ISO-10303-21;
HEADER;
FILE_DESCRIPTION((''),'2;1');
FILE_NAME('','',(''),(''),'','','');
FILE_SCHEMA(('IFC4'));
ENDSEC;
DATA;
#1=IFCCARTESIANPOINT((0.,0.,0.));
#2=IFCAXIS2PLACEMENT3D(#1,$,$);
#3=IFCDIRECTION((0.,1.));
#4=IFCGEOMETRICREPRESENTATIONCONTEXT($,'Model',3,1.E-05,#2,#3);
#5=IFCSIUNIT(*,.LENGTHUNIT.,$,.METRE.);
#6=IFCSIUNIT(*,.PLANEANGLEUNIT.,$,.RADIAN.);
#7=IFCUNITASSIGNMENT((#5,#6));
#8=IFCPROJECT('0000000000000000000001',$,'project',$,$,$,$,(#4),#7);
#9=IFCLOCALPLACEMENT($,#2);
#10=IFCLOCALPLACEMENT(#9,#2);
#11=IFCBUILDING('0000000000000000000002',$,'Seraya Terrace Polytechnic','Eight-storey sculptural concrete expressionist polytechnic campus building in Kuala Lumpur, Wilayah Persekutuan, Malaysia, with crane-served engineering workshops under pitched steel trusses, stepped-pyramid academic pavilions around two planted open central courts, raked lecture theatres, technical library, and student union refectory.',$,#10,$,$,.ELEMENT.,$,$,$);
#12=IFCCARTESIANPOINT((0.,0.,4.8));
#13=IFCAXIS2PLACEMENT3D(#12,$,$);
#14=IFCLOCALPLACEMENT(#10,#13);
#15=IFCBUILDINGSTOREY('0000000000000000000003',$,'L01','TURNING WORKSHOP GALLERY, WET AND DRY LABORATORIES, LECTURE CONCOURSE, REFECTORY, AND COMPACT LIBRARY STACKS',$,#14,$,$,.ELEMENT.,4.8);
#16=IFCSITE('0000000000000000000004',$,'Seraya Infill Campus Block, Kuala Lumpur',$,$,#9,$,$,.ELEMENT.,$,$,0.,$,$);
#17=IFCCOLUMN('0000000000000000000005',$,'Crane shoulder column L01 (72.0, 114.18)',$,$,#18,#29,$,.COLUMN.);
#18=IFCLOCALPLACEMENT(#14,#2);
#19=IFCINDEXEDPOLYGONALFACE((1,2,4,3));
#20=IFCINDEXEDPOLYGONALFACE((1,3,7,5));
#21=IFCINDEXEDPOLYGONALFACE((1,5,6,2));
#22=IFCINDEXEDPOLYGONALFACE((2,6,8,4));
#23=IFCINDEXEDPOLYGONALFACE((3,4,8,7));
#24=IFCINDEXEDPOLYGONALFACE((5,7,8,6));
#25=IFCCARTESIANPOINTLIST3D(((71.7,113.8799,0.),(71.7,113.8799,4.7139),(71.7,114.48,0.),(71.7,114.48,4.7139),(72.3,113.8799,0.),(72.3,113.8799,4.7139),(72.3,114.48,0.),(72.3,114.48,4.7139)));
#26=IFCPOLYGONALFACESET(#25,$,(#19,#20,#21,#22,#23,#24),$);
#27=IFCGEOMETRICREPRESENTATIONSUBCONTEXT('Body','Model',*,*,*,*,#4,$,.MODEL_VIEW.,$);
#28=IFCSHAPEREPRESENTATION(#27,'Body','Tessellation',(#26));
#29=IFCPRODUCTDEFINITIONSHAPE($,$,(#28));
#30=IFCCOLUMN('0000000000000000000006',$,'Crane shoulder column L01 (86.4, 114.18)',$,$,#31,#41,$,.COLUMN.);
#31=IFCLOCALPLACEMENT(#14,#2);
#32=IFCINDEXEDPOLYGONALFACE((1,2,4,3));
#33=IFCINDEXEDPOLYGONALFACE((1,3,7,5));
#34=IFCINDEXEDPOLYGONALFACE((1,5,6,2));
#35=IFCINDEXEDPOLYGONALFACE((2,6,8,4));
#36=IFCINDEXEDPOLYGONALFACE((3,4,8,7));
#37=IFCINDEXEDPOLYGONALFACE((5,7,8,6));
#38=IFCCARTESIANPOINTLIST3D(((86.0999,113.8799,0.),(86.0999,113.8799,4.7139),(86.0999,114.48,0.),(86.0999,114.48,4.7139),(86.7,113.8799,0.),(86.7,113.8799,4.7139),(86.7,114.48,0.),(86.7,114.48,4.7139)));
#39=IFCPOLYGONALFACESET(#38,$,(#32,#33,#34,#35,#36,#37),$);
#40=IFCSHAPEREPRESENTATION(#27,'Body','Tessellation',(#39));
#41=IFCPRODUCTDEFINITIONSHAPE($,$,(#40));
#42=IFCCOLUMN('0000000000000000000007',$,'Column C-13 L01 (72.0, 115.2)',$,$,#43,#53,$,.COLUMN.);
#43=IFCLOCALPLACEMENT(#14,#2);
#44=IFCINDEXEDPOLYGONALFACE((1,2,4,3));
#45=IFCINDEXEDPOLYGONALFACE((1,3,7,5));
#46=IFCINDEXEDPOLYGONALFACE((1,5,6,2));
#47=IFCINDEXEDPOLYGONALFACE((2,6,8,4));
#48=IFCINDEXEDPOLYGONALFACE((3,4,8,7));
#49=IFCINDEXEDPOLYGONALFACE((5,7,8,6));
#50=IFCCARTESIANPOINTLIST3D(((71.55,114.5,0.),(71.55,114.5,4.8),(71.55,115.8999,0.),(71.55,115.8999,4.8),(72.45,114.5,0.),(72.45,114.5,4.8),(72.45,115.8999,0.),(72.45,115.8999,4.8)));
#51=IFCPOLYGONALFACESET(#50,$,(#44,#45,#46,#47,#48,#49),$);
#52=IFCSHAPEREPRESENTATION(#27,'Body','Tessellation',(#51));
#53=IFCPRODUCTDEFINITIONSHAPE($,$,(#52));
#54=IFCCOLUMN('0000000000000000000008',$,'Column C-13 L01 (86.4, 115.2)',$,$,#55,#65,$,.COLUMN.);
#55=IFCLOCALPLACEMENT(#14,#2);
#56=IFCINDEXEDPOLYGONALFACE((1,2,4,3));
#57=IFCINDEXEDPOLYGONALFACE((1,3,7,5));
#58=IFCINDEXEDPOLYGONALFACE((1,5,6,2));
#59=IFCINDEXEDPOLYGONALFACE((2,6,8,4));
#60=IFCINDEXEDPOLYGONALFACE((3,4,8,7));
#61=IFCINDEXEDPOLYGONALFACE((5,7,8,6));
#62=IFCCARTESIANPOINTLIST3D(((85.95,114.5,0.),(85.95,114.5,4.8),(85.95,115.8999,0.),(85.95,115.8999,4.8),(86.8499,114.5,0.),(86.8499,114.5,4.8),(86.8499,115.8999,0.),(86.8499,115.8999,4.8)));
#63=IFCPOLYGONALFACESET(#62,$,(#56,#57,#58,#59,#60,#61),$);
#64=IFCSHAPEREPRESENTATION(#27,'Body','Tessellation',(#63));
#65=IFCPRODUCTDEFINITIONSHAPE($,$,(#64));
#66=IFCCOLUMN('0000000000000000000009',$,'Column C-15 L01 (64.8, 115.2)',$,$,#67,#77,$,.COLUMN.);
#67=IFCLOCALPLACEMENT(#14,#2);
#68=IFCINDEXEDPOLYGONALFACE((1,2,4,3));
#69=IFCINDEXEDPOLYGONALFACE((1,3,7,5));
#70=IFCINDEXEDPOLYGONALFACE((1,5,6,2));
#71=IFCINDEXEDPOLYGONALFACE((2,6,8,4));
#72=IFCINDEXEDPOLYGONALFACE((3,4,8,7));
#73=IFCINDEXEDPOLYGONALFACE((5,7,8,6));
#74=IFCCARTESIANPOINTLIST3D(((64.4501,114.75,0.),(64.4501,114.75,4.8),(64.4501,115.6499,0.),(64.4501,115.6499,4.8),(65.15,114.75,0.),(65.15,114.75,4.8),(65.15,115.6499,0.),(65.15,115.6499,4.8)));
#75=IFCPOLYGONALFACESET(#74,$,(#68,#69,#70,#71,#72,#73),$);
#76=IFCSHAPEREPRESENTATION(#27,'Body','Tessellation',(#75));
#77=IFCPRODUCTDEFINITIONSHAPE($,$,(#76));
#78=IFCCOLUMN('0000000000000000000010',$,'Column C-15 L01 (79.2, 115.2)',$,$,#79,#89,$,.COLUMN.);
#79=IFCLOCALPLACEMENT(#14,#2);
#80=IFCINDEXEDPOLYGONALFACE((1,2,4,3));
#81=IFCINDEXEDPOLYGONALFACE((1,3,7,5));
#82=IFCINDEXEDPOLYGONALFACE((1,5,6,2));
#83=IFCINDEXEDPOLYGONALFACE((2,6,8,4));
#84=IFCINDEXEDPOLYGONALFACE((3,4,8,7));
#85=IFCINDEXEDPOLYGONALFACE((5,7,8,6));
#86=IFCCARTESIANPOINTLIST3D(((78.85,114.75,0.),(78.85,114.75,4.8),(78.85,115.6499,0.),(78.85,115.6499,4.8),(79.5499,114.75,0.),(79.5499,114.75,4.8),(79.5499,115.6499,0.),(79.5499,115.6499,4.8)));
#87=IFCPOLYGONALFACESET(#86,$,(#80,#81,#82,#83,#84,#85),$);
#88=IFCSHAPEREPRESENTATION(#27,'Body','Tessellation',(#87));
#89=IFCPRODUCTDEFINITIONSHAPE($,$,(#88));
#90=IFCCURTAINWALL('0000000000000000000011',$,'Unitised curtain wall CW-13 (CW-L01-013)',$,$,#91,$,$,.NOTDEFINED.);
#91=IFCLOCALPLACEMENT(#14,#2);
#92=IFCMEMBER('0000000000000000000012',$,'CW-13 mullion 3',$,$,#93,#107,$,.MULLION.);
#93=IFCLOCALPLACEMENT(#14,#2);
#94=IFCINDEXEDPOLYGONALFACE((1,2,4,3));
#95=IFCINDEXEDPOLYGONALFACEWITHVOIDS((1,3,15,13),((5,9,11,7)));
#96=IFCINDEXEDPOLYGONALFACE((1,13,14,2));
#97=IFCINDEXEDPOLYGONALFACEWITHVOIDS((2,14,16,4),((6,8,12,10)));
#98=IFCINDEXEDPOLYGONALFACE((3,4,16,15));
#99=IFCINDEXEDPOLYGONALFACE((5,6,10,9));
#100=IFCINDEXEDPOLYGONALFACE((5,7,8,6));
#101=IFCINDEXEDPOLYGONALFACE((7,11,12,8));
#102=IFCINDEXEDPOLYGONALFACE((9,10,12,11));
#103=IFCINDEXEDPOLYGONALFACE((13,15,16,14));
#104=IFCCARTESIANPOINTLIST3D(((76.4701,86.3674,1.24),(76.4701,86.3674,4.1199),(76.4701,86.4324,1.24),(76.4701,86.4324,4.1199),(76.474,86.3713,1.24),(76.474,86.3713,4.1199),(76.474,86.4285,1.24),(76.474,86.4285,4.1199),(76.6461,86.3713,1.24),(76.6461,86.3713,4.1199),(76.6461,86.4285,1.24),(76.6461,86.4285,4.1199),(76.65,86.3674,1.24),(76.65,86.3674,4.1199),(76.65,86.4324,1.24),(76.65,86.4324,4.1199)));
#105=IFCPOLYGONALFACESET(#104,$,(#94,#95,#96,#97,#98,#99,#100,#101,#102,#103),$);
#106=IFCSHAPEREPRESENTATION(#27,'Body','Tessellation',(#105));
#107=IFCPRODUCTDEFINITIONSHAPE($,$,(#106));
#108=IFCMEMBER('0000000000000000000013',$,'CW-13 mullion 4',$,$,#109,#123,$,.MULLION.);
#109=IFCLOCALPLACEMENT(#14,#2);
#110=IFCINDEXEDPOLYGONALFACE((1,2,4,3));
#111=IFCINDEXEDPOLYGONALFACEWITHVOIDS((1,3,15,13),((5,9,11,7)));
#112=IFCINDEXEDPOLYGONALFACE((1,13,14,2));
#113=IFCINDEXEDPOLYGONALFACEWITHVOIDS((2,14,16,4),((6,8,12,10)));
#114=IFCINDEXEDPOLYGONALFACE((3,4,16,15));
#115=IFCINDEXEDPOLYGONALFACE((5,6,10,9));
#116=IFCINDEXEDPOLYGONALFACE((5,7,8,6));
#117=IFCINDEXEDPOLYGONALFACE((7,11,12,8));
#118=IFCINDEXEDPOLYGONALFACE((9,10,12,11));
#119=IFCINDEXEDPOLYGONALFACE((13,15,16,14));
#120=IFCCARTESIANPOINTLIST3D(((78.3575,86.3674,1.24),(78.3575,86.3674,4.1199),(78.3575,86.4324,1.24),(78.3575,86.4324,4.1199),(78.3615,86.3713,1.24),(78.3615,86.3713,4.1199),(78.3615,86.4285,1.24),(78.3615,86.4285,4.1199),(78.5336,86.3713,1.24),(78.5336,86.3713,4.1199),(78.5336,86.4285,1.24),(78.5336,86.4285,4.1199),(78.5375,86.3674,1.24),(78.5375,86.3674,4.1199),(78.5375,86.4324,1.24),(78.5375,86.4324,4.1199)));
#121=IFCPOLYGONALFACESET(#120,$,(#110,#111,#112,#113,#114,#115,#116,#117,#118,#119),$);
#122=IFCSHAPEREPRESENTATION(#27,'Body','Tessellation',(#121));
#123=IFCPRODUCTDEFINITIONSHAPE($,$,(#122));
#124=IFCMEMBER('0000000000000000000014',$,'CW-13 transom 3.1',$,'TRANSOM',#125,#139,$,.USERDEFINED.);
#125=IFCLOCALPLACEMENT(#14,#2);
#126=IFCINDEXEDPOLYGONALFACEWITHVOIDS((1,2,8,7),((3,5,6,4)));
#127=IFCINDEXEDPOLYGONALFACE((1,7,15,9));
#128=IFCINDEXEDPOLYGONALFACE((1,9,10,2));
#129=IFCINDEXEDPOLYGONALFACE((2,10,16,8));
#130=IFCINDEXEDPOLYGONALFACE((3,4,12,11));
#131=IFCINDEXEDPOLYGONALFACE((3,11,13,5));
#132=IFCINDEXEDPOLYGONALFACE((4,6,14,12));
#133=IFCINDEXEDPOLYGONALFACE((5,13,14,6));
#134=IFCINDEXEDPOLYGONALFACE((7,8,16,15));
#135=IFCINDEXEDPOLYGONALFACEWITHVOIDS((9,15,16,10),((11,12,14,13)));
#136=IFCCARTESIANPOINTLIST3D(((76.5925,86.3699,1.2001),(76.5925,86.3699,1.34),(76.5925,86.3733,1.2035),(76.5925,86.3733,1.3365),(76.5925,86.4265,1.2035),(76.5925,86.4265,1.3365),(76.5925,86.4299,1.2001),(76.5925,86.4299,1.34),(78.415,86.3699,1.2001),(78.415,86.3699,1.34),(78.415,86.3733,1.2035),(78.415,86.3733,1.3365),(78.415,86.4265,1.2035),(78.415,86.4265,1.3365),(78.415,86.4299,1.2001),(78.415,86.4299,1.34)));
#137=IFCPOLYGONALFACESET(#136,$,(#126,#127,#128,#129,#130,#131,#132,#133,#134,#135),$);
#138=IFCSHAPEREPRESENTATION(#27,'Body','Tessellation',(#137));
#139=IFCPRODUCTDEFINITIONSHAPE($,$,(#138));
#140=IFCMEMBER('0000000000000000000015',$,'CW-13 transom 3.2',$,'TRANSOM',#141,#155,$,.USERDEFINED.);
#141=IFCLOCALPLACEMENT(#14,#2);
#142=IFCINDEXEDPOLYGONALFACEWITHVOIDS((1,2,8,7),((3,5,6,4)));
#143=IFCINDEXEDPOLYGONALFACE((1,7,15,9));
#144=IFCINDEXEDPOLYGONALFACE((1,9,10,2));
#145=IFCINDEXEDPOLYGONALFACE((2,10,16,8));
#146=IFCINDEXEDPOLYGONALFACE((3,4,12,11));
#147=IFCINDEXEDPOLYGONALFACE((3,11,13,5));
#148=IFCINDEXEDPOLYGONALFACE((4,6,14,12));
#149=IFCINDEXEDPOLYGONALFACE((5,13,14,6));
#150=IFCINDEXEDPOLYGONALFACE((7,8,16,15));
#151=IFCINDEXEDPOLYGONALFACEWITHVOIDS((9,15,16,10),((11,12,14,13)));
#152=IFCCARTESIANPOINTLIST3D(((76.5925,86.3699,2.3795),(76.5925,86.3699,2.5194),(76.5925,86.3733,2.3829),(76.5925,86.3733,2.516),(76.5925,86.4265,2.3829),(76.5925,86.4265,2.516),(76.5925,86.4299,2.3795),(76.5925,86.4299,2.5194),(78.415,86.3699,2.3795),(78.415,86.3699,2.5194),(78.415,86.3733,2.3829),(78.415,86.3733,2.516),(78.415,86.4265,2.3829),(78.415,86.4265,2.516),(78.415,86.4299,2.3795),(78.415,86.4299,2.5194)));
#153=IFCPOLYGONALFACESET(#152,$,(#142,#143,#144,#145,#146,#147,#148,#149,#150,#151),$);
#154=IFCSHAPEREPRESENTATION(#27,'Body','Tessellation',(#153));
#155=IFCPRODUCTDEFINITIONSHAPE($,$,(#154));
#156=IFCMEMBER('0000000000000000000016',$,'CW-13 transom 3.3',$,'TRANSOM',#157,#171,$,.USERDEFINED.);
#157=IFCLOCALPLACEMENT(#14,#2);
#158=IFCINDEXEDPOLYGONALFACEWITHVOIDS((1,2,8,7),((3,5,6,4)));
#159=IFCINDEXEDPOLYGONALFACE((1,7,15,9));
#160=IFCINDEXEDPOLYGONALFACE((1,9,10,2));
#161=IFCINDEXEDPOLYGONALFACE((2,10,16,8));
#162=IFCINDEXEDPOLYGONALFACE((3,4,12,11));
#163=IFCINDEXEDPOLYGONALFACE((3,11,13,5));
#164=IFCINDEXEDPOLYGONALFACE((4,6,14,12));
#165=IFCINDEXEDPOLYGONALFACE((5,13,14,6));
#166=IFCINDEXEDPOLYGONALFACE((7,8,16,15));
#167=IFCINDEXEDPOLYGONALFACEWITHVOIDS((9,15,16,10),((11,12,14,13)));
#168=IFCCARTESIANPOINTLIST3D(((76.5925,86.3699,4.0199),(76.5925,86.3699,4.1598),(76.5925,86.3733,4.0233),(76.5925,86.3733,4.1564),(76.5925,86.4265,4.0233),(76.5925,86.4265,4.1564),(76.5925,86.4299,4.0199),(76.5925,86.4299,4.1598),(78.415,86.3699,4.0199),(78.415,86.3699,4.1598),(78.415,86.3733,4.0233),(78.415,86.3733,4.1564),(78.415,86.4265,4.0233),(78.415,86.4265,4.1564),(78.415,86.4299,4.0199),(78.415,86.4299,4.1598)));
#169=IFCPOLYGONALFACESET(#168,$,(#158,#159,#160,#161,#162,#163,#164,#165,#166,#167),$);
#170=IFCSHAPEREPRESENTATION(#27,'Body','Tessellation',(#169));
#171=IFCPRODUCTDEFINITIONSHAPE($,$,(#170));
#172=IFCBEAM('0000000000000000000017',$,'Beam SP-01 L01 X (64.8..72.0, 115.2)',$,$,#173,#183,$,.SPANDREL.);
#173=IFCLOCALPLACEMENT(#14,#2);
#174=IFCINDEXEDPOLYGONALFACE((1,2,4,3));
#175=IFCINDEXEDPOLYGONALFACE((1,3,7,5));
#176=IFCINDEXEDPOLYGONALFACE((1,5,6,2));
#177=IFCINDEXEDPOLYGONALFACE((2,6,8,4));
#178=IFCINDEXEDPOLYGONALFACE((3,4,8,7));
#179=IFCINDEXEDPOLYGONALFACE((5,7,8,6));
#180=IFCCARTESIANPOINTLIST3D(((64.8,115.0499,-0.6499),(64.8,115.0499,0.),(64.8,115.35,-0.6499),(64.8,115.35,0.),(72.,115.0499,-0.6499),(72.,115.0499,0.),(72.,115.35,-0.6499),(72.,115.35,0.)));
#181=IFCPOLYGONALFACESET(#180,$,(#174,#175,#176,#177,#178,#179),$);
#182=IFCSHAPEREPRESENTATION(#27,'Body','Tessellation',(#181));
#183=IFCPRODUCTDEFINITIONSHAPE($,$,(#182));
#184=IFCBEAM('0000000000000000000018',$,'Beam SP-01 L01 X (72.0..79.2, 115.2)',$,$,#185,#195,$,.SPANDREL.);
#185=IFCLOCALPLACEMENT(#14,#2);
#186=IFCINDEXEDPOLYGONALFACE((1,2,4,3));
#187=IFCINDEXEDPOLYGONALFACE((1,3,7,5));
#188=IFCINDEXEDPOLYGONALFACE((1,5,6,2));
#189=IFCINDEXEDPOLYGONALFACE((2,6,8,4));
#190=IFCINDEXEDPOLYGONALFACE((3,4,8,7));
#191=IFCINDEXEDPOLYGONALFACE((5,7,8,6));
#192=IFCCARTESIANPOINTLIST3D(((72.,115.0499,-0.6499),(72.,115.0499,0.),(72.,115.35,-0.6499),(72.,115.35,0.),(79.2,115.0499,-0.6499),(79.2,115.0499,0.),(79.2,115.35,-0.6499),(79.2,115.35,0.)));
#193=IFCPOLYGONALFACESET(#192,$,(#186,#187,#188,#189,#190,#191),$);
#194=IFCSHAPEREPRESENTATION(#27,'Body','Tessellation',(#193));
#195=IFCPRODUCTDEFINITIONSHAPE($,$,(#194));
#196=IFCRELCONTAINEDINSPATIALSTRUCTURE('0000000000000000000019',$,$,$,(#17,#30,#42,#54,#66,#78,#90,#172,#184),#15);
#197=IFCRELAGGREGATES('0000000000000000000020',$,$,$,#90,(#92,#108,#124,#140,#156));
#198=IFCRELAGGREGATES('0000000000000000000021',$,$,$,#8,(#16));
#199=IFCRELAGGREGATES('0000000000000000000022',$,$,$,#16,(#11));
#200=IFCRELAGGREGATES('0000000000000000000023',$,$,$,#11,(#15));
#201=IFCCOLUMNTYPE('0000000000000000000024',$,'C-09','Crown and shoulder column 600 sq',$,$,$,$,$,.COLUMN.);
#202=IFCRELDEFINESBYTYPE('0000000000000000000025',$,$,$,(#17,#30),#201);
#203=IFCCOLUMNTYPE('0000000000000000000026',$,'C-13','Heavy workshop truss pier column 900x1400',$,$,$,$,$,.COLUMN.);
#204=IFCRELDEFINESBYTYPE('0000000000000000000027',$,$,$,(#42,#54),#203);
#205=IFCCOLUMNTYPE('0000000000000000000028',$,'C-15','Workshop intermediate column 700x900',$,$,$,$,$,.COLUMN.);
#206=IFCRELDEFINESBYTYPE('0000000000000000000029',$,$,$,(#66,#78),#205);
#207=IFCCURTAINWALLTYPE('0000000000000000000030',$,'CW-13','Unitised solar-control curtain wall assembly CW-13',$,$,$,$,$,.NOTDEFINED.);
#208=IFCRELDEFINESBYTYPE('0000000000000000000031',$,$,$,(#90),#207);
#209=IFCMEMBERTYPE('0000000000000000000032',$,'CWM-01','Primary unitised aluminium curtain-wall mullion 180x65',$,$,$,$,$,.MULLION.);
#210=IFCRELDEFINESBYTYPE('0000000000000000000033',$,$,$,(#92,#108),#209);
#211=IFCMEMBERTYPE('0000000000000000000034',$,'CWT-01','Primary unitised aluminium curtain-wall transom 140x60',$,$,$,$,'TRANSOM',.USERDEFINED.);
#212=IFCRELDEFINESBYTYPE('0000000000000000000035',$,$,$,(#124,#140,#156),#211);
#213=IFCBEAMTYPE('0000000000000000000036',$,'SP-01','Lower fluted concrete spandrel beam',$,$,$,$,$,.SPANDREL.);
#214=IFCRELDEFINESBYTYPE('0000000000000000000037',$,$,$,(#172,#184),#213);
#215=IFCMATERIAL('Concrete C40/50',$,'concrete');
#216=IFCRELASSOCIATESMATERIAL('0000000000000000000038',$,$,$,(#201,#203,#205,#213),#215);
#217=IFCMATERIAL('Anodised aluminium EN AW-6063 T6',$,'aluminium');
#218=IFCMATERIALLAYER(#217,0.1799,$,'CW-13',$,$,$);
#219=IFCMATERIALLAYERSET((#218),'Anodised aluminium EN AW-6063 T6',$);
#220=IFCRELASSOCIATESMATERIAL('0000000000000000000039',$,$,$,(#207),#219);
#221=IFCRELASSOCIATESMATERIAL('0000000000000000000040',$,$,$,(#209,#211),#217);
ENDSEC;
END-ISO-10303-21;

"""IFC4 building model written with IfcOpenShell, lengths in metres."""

from ifc_helpers import new_model, si_unit, direction, frame, origin, origin_2d, place, context, subcontext, project, spatial, rectangle, hollow_rectangle, extrude, material, layer, layer_set, material_profile, profile_set, type_object, element, aggregate, save


model = new_model("IFC4")

# Units and contexts
model_context = context("Model", 3, precision=1e-05, world=origin(), true_north=direction((0.0, 1.0)))
body_context = subcontext(model_context, "Body", "Model", "MODEL_VIEW")
ifc_project = project(units=[si_unit("LENGTHUNIT", "METRE"), si_unit("PLANEANGLEUNIT", "RADIAN")], contexts=[model_context])

# Site, building, storey
site_placement = place(None, origin())
site = spatial("IfcSite", under=ifc_project, at=site_placement, Name="Seraya Infill Campus Block, Kuala Lumpur", CompositionType="ELEMENT", RefElevation=0.0)
building_placement = place(site_placement, origin())
building = spatial("IfcBuilding", under=site, at=building_placement, Name="Seraya Terrace Polytechnic", Description="Eight-storey sculptural concrete expressionist polytechnic campus building in Kuala Lumpur, Wilayah Persekutuan, Malaysia, with crane-served engineering workshops under pitched steel trusses, stepped-pyramid academic pavilions around two planted open central courts, raked lecture theatres, technical library, and student union refectory.", CompositionType="ELEMENT")
storey_placement = place(building_placement, frame((0.0, 0.0, 4.8)))
storey = spatial("IfcBuildingStorey", under=building, at=storey_placement, Name="L01", Description="TURNING WORKSHOP GALLERY, WET AND DRY LABORATORIES, LECTURE CONCOURSE, REFECTORY, AND COMPACT LIBRARY STACKS", CompositionType="ELEMENT", Elevation=4.8)

# Columns
ifc_material_1 = material(Name="Concrete C40/50", Category="concrete")
ifc_material_profile_1 = material_profile(ifc_material_1, rectangle(XDim=0.6001, YDim=0.6001, at=origin_2d()), Name="RC 600x600")
ifc_profile_set_1 = profile_set([ifc_material_profile_1], Name="Concrete C40/50")
column_type_1 = type_object("IfcColumnType", Name="C-09", Description="Crown and shoulder column 600 sq", PredefinedType="COLUMN", material=ifc_profile_set_1)
for number, where, z_axis, x_axis, name in (
    (1, (72.0, 114.1799, 0.0), (0.0, 0.0, 1.0), (1.0, 0.0, 0.0), "Crane shoulder column L01 (72.0, 114.18)"),
    (2, (86.3999, 114.1799, 0.0), (0.0, 0.0, 1.0), (1.0, 0.0, 0.0), "Crane shoulder column L01 (86.4, 114.18)"),
):
    element("IfcColumn", number, at=place(storey_placement, frame(where, z_axis=z_axis, x_axis=x_axis)), inside=storey, type_object=column_type_1, Name=name, PredefinedType="COLUMN", context=body_context, shape_type="SweptSolid", body=[
        extrude(rectangle(XDim=0.6001, YDim=0.6001, at=origin_2d()), origin(), (0.0, 0.0, 1.0), 4.7139),
    ])
ifc_material_profile_2 = material_profile(ifc_material_1, rectangle(XDim=0.8999, YDim=1.3999, at=origin_2d()), Name="RC 900x1400")
ifc_profile_set_2 = profile_set([ifc_material_profile_2], Name="Concrete C40/50")
column_type_2 = type_object("IfcColumnType", Name="C-13", Description="Heavy workshop truss pier column 900x1400", PredefinedType="COLUMN", material=ifc_profile_set_2)
for number, where, z_axis, x_axis, name in (
    (3, (72.0, 115.2, 0.0), (0.0, 0.0, 1.0), (1.0, 0.0, 0.0), "Column C-13 L01 (72.0, 115.2)"),
    (4, (86.3999, 115.2, 0.0), (0.0, 0.0, 1.0), (1.0, 0.0, 0.0), "Column C-13 L01 (86.4, 115.2)"),
):
    element("IfcColumn", number, at=place(storey_placement, frame(where, z_axis=z_axis, x_axis=x_axis)), inside=storey, type_object=column_type_2, Name=name, PredefinedType="COLUMN", context=body_context, shape_type="SweptSolid", body=[
        extrude(rectangle(XDim=0.8999, YDim=1.3999, at=origin_2d()), origin(), (0.0, 0.0, 1.0), 4.8),
    ])
ifc_material_profile_3 = material_profile(ifc_material_1, rectangle(XDim=0.7, YDim=0.8999, at=origin_2d()), Name="RC 700x900")
ifc_profile_set_3 = profile_set([ifc_material_profile_3], Name="Concrete C40/50")
column_type_3 = type_object("IfcColumnType", Name="C-15", Description="Workshop intermediate column 700x900", PredefinedType="COLUMN", material=ifc_profile_set_3)
for number, where, z_axis, x_axis, name in (
    (5, (64.8, 115.2, 0.0), (0.0, 0.0, 1.0), (1.0, 0.0, 0.0), "Column C-15 L01 (64.8, 115.2)"),
    (6, (79.2, 115.2, 0.0), (0.0, 0.0, 1.0), (1.0, 0.0, 0.0), "Column C-15 L01 (79.2, 115.2)"),
):
    element("IfcColumn", number, at=place(storey_placement, frame(where, z_axis=z_axis, x_axis=x_axis)), inside=storey, type_object=column_type_3, Name=name, PredefinedType="COLUMN", context=body_context, shape_type="SweptSolid", body=[
        extrude(rectangle(XDim=0.7, YDim=0.8999, at=origin_2d()), origin(), (0.0, 0.0, 1.0), 4.8),
    ])

# Curtain wall, members
ifc_material_2 = material(Name="Anodised aluminium EN AW-6063 T6", Category="aluminium")
ifc_layer_1 = layer(ifc_material_2, 0.1799, Name="CW-13")
ifc_layer_set_1 = layer_set([ifc_layer_1], Name="Anodised aluminium EN AW-6063 T6")
curtain_wall_type = type_object("IfcCurtainWallType", Name="CW-13", Description="Unitised solar-control curtain wall assembly CW-13", PredefinedType="NOTDEFINED", material=ifc_layer_set_1)
curtain_wall_placement = place(storey_placement, origin())
curtain_wall = element("IfcCurtainWall", 7, at=curtain_wall_placement, inside=storey, type_object=curtain_wall_type, Name="Unitised curtain wall CW-13 (CW-L01-013)", PredefinedType="NOTDEFINED")
ifc_material_profile_4 = material_profile(ifc_material_2, hollow_rectangle(XDim=0.0649, YDim=0.1799, WallThickness=0.0039, at=origin_2d()), Name="RHS 180x65x4.0")
ifc_profile_set_4 = profile_set([ifc_material_profile_4], Name="Anodised aluminium EN AW-6063 T6")
member_type_1 = type_object("IfcMemberType", Name="CWM-01", Description="Primary unitised aluminium curtain-wall mullion 180x65", PredefinedType="MULLION", material=ifc_profile_set_4)
member_1_placement = place(storey_placement, frame((76.5601, 86.3999, 1.24), z_axis=(0.0, 0.0, 1.0), x_axis=(0.0, 1.0, 0.0)))
member_1 = element("IfcMember", 8, at=member_1_placement, type_object=member_type_1, Name="CW-13 mullion 3", PredefinedType="MULLION", context=body_context, shape_type="SweptSolid", body=[
    extrude(hollow_rectangle(XDim=0.0649, YDim=0.1799, WallThickness=0.0039, at=origin_2d()), origin(), (0.0, 0.0, 1.0), 2.8799),
])
member_2_placement = place(storey_placement, frame((78.4475, 86.3999, 1.24), z_axis=(0.0, 0.0, 1.0), x_axis=(0.0, 1.0, 0.0)))
member_2 = element("IfcMember", 9, at=member_2_placement, type_object=member_type_1, Name="CW-13 mullion 4", PredefinedType="MULLION", context=body_context, shape_type="SweptSolid", body=[
    extrude(hollow_rectangle(XDim=0.0649, YDim=0.1799, WallThickness=0.0039, at=origin_2d()), origin(), (0.0, 0.0, 1.0), 2.8799),
])
ifc_material_profile_5 = material_profile(ifc_material_2, hollow_rectangle(XDim=0.0601, YDim=0.1399, WallThickness=0.0034, at=origin_2d()), Name="RHS 140x60x3.5")
ifc_profile_set_5 = profile_set([ifc_material_profile_5], Name="Anodised aluminium EN AW-6063 T6")
member_type_2 = type_object("IfcMemberType", Name="CWT-01", Description="Primary unitised aluminium curtain-wall transom 140x60", ElementType="TRANSOM", PredefinedType="USERDEFINED", material=ifc_profile_set_5)
member_3_placement = place(storey_placement, frame((76.5925, 86.3999, 1.27), z_axis=(1.0, 0.0, 0.0), x_axis=(0.0, 1.0, 0.0)))
member_3 = element("IfcMember", 10, at=member_3_placement, type_object=member_type_2, Name="CW-13 transom 3.1", ObjectType="TRANSOM", PredefinedType="USERDEFINED", context=body_context, shape_type="SweptSolid", body=[
    extrude(hollow_rectangle(XDim=0.0601, YDim=0.1399, WallThickness=0.0034, at=origin_2d()), origin(), (0.0, 0.0, 1.0), 1.8225),
])
member_4_placement = place(storey_placement, frame((76.5925, 86.3999, 2.4495), z_axis=(1.0, 0.0, 0.0), x_axis=(0.0, 1.0, 0.0)))
member_4 = element("IfcMember", 11, at=member_4_placement, type_object=member_type_2, Name="CW-13 transom 3.2", ObjectType="TRANSOM", PredefinedType="USERDEFINED", context=body_context, shape_type="SweptSolid", body=[
    extrude(hollow_rectangle(XDim=0.0601, YDim=0.1399, WallThickness=0.0034, at=origin_2d()), origin(), (0.0, 0.0, 1.0), 1.8225),
])
member_5_placement = place(storey_placement, frame((76.5925, 86.3999, 4.0898), z_axis=(1.0, 0.0, 0.0), x_axis=(0.0, 1.0, 0.0)))
member_5 = element("IfcMember", 12, at=member_5_placement, type_object=member_type_2, Name="CW-13 transom 3.3", ObjectType="TRANSOM", PredefinedType="USERDEFINED", context=body_context, shape_type="SweptSolid", body=[
    extrude(hollow_rectangle(XDim=0.0601, YDim=0.1399, WallThickness=0.0034, at=origin_2d()), origin(), (0.0, 0.0, 1.0), 1.8225),
])

# Beams
ifc_material_profile_6 = material_profile(ifc_material_1, rectangle(XDim=0.3, YDim=0.6499, at=origin_2d()), Name="RC 300x650")
ifc_profile_set_6 = profile_set([ifc_material_profile_6], Name="Concrete C40/50")
beam_type = type_object("IfcBeamType", Name="SP-01", Description="Lower fluted concrete spandrel beam", PredefinedType="SPANDREL", material=ifc_profile_set_6)
for number, where, z_axis, x_axis, name in (
    (13, (64.8, 115.2, -0.325), (1.0, 0.0, 0.0), (0.0, 1.0, 0.0), "Beam SP-01 L01 X (64.8..72.0, 115.2)"),
    (14, (72.0, 115.2, -0.325), (1.0, 0.0, 0.0), (0.0, 1.0, 0.0), "Beam SP-01 L01 X (72.0..79.2, 115.2)"),
):
    element("IfcBeam", number, at=place(storey_placement, frame(where, z_axis=z_axis, x_axis=x_axis)), inside=storey, type_object=beam_type, Name=name, PredefinedType="SPANDREL", context=body_context, shape_type="SweptSolid", body=[
        extrude(rectangle(XDim=0.3, YDim=0.6499, at=origin_2d()), origin(), (0.0, 0.0, 1.0), 7.2),
    ])

aggregate(curtain_wall, [member_1, member_2, member_3, member_4, member_5])

save(model, "model.ifc")
